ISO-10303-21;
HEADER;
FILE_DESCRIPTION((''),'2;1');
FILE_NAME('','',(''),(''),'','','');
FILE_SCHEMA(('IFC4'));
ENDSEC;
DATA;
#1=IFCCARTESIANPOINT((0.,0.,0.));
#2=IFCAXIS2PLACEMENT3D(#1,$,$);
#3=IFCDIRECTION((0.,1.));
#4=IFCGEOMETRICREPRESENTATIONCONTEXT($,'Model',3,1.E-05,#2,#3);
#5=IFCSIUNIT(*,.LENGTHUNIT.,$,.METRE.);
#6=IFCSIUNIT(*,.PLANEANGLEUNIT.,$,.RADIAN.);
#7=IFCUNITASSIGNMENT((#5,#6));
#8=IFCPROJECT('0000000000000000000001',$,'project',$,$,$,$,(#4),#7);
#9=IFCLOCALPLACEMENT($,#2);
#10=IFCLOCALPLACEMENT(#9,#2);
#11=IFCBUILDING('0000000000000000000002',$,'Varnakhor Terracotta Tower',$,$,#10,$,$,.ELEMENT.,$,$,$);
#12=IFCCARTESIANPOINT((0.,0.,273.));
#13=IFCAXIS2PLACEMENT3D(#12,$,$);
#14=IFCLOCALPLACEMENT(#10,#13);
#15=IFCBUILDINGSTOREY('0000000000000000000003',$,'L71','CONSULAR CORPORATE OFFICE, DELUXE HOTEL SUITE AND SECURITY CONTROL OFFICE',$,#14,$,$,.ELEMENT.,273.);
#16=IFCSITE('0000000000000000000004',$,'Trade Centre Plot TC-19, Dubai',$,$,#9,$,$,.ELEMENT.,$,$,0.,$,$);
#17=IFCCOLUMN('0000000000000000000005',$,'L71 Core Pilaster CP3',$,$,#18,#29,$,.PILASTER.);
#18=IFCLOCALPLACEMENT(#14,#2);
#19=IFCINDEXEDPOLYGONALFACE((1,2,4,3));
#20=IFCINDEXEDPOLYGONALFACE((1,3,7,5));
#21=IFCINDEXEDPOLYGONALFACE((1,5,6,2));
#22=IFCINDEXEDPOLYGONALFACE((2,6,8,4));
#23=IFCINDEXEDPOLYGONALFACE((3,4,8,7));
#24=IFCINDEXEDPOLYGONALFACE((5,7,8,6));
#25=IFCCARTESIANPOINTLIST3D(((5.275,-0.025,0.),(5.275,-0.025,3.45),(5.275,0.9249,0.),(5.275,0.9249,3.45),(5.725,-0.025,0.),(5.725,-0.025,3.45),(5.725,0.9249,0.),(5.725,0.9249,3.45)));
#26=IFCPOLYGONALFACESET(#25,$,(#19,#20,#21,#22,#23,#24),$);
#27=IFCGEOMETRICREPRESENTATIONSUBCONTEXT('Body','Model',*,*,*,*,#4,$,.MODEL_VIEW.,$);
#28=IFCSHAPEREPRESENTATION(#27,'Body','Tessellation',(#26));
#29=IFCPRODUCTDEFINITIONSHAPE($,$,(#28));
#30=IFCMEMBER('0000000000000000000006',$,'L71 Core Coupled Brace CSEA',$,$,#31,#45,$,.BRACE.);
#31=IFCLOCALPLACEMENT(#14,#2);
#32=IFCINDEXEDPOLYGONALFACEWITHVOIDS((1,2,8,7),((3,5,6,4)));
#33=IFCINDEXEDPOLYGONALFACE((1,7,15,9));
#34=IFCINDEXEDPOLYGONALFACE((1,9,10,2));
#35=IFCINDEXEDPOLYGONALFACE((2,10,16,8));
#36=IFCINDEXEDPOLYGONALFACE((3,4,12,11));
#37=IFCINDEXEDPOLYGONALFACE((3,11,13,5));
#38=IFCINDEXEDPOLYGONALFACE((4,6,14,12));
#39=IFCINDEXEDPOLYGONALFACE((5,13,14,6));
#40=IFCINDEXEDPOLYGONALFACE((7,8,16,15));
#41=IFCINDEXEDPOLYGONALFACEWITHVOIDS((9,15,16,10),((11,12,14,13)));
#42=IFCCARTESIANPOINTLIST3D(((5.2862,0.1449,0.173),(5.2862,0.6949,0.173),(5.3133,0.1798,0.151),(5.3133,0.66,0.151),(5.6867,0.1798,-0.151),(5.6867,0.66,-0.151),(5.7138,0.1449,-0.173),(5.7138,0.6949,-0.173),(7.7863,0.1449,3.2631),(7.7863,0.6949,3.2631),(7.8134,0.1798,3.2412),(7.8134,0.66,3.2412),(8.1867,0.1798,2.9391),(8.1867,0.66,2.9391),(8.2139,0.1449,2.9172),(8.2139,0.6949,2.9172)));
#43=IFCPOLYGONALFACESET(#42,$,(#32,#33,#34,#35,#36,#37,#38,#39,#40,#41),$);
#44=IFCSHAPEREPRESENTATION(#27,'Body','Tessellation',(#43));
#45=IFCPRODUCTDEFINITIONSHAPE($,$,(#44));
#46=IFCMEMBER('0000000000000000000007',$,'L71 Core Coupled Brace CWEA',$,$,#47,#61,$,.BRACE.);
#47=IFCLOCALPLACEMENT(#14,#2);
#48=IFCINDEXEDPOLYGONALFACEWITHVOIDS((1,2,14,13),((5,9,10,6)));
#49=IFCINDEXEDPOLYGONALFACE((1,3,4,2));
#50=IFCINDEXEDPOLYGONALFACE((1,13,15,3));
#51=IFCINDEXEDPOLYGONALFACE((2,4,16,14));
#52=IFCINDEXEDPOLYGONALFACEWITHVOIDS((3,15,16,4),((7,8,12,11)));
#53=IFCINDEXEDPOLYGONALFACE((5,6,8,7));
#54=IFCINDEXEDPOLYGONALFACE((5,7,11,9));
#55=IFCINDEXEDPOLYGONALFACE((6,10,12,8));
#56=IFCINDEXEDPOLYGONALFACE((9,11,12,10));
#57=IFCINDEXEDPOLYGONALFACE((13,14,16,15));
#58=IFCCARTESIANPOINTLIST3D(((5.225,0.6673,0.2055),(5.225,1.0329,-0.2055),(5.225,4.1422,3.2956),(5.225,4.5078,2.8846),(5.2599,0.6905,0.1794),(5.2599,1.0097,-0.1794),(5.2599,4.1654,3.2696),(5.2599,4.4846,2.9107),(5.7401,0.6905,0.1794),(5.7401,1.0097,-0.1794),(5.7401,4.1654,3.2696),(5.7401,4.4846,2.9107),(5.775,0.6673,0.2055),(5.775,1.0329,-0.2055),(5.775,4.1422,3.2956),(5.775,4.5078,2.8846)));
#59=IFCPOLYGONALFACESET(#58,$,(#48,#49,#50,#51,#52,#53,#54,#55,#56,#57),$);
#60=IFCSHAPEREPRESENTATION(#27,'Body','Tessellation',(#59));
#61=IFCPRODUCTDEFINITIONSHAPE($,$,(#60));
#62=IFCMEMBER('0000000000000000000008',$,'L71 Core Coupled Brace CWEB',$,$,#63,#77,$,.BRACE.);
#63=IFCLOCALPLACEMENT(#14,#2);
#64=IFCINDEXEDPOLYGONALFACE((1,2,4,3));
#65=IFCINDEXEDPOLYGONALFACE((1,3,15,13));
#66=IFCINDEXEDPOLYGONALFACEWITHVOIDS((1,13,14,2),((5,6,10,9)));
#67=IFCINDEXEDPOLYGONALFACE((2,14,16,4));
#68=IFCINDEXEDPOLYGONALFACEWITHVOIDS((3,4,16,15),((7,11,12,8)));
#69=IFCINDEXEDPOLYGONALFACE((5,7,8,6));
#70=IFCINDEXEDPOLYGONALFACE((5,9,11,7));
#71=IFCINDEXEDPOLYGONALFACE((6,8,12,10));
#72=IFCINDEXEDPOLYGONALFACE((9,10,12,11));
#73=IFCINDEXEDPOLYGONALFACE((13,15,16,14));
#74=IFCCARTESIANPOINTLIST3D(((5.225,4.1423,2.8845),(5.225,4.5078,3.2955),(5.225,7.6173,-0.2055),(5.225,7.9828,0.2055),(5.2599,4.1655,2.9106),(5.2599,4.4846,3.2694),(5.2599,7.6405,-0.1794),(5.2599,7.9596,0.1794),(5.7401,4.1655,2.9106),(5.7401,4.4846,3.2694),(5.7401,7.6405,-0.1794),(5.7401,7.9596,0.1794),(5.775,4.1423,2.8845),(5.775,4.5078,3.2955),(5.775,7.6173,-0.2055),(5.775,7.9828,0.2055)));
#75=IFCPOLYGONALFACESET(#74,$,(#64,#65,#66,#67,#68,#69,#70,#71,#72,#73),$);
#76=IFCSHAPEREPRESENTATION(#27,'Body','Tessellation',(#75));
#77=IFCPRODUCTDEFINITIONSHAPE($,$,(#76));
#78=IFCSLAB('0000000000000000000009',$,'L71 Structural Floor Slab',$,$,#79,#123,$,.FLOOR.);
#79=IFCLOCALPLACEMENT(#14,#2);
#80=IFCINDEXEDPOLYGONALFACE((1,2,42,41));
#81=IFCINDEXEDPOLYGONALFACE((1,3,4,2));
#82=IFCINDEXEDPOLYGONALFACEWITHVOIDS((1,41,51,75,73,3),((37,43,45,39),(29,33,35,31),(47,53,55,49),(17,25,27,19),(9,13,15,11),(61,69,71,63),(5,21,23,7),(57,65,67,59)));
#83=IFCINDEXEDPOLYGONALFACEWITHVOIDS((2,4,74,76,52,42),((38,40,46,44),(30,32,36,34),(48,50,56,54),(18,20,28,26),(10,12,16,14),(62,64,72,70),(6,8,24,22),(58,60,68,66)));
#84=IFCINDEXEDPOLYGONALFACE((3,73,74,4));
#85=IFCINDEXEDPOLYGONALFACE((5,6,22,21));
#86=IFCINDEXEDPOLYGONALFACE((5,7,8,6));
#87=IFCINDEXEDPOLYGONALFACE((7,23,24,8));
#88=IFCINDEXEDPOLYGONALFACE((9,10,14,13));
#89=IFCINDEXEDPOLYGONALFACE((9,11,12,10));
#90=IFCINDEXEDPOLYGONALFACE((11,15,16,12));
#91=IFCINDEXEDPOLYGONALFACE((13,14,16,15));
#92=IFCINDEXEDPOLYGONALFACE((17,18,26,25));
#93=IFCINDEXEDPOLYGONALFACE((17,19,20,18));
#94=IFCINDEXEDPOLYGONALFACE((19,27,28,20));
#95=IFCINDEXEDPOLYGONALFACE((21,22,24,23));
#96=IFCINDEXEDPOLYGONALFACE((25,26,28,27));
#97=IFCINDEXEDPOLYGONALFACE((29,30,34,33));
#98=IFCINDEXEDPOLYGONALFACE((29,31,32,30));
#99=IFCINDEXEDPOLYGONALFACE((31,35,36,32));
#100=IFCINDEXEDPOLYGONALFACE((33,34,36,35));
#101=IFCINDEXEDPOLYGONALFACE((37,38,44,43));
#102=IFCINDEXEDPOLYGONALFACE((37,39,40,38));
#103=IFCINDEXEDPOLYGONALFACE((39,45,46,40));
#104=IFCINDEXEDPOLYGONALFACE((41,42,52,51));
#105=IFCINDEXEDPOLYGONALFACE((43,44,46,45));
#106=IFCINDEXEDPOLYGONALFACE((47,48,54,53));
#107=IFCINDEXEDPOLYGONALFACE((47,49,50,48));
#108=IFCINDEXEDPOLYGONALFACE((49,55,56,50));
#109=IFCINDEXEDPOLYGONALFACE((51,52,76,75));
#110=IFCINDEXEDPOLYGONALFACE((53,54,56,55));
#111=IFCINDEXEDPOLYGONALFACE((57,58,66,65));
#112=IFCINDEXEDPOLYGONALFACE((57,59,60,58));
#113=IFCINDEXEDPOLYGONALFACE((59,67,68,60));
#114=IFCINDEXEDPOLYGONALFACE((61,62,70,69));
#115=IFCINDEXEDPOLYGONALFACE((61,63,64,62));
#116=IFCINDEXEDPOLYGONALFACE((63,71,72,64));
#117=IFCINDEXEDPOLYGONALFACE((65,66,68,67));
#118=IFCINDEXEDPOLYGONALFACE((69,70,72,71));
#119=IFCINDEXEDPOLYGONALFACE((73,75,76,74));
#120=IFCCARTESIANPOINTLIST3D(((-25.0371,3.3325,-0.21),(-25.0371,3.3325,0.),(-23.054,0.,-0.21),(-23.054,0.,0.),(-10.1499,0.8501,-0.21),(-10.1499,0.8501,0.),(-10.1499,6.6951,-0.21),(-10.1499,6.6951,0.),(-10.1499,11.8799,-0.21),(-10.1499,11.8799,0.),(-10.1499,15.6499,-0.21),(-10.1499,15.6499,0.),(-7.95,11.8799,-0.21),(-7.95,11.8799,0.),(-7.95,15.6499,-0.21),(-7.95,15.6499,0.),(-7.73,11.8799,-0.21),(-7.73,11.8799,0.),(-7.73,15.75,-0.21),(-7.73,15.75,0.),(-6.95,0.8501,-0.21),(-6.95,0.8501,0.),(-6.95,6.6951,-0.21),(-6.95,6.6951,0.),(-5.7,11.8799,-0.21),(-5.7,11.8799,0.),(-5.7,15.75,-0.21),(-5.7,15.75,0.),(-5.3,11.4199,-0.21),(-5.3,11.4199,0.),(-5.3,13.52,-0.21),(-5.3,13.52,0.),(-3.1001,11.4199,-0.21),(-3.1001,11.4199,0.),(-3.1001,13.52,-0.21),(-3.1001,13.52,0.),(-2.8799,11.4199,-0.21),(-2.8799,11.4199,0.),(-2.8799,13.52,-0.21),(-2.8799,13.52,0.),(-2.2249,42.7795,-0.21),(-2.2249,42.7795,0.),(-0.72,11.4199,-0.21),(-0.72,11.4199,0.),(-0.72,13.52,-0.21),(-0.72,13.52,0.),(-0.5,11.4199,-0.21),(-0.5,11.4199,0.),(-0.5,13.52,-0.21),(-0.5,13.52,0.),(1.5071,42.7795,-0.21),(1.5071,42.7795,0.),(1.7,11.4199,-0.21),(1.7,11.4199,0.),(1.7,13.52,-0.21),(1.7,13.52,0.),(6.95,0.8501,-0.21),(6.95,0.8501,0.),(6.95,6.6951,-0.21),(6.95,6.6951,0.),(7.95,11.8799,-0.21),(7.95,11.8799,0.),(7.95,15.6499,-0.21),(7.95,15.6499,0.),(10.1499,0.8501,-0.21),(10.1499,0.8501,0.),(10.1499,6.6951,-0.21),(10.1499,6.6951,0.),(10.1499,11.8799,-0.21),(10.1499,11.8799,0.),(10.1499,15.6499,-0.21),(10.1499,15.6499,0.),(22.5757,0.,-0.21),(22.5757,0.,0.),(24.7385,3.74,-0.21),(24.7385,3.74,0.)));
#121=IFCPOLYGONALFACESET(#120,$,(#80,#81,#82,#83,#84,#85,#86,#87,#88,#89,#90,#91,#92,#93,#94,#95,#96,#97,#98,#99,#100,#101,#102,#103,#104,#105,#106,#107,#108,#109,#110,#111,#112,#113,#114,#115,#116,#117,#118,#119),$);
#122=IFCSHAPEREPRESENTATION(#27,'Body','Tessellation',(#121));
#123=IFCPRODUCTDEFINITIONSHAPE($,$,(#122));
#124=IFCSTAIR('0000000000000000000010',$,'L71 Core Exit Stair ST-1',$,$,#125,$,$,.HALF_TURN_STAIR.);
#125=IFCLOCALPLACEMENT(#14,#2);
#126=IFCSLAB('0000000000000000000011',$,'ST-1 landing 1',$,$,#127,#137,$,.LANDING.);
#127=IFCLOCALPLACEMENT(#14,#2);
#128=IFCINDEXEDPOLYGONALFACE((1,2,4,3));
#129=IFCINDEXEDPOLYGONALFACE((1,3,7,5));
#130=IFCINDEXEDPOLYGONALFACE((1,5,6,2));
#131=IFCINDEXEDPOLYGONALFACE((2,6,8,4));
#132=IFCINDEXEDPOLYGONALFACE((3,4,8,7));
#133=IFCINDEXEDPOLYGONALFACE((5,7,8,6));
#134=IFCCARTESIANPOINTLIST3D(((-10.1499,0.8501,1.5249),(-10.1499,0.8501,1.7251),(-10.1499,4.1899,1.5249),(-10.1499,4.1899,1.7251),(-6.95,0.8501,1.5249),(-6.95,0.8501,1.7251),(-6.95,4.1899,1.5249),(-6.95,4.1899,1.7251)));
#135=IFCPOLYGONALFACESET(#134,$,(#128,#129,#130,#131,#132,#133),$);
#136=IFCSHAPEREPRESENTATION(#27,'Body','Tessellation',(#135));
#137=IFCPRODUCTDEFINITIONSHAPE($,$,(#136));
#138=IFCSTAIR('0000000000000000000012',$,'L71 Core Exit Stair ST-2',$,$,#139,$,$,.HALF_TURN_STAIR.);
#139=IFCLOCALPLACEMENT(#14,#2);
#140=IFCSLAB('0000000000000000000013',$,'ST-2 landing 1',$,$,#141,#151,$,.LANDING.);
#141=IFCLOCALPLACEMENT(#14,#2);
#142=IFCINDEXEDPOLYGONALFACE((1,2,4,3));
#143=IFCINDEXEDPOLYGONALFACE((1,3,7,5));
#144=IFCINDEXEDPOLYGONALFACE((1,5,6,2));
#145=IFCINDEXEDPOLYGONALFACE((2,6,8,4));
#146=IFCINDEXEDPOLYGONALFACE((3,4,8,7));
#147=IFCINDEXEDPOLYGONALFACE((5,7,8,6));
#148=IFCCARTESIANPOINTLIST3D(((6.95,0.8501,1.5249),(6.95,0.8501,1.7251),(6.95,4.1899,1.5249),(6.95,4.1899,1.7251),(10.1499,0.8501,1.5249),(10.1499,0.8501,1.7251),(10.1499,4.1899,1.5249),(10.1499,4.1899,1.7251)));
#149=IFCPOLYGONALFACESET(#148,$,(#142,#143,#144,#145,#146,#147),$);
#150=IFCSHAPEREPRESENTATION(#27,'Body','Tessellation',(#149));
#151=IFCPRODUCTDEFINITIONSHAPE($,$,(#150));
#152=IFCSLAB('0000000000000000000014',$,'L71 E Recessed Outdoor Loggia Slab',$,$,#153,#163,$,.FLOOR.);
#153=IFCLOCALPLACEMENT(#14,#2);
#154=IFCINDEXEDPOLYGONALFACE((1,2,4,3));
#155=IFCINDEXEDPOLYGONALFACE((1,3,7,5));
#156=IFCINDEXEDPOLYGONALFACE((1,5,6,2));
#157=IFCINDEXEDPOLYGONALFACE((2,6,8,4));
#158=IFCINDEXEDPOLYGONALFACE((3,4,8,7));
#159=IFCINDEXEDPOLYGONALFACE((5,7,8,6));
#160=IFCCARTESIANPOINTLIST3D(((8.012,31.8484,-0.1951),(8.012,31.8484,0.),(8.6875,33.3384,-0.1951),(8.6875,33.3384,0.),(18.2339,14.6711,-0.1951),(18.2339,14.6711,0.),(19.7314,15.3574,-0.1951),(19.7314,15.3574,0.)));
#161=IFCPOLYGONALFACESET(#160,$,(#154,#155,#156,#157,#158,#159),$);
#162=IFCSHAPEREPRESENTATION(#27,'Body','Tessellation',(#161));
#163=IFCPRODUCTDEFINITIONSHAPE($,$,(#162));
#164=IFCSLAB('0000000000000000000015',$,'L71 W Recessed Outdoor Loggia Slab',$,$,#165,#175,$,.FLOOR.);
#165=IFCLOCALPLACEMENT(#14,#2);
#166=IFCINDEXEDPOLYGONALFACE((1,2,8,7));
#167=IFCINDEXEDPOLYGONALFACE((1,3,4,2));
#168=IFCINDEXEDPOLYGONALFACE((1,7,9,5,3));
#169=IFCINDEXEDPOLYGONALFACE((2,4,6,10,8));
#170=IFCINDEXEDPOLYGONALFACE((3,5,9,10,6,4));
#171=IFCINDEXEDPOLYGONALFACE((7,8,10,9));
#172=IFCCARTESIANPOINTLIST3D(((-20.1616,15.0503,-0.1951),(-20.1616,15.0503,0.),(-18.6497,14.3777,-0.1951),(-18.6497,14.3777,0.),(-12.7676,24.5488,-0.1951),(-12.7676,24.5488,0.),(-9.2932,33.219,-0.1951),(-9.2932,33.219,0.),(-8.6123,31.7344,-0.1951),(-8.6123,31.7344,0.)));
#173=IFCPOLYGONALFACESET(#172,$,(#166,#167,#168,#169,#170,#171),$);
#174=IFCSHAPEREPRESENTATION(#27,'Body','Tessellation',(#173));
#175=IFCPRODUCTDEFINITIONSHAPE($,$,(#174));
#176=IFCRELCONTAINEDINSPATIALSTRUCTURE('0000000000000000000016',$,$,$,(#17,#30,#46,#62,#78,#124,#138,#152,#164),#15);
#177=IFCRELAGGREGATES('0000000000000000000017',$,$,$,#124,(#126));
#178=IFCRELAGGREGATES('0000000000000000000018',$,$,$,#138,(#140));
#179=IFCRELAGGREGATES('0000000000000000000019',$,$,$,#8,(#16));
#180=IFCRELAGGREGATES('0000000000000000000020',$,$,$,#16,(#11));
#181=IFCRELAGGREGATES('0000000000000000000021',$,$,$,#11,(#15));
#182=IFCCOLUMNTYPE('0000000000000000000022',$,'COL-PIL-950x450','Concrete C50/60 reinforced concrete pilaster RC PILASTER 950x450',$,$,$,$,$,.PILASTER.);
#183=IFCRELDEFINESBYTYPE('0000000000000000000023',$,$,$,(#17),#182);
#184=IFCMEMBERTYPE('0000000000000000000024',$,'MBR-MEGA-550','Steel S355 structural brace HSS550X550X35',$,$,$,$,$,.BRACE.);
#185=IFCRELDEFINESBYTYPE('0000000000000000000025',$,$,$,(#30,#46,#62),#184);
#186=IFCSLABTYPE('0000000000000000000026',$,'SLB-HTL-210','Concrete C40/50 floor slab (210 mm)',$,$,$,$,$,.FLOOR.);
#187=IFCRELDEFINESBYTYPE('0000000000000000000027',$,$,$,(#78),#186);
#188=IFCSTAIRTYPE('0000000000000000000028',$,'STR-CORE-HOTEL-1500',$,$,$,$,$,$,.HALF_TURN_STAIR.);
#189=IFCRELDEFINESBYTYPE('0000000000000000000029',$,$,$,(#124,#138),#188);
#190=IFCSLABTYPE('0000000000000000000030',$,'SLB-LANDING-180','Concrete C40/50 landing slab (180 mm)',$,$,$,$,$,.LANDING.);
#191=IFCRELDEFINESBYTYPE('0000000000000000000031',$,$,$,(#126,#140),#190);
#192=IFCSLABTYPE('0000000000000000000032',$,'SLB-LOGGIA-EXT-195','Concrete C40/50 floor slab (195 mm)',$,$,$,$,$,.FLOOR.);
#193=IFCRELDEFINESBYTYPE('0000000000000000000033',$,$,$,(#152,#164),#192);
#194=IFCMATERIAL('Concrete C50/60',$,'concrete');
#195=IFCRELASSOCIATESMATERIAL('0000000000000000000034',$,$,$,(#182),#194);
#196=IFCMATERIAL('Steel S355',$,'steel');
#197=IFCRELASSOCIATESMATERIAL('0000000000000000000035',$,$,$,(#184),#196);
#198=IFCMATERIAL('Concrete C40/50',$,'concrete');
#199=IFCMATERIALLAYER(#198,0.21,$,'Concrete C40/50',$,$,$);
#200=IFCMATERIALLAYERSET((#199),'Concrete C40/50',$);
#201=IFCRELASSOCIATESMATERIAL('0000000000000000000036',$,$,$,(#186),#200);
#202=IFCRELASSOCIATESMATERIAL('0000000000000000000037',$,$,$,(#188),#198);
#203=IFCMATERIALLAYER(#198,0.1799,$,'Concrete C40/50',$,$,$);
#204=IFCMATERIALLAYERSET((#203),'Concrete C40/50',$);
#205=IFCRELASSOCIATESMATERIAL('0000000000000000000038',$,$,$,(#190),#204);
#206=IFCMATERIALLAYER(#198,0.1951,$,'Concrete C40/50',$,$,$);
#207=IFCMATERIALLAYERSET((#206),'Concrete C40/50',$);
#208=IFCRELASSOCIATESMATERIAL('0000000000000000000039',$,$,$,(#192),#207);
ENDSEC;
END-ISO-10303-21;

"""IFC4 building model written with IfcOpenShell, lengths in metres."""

from ifc_helpers import new_model, si_unit, direction, frame, origin, origin_2d, place, context, subcontext, project, spatial, polyline, rectangle, hollow_rectangle, outline, extrude, source, transform, mapped, material, layer, layer_set, material_profile, profile_set, type_object, element, aggregate, save


model = new_model("IFC4")

# Units and contexts
model_context = context("Model", 3, precision=1e-05, world=origin(), true_north=direction((0.0, 1.0)))
body_context = subcontext(model_context, "Body", "Model", "MODEL_VIEW")
ifc_project = project(units=[si_unit("LENGTHUNIT", "METRE"), si_unit("PLANEANGLEUNIT", "RADIAN")], contexts=[model_context])

# Site, building, storey
site_placement = place(None, origin())
site = spatial("IfcSite", under=ifc_project, at=site_placement, Name="Trade Centre Plot TC-19, Dubai", CompositionType="ELEMENT", RefElevation=0.0)
building_placement = place(site_placement, origin())
building = spatial("IfcBuilding", under=site, at=building_placement, Name="Varnakhor Terracotta Tower", CompositionType="ELEMENT")
storey_placement = place(building_placement, frame((0.0, 0.0, 273.0)))
storey = spatial("IfcBuildingStorey", under=building, at=storey_placement, Name="L71", Description="CONSULAR CORPORATE OFFICE, DELUXE HOTEL SUITE AND SECURITY CONTROL OFFICE", CompositionType="ELEMENT", Elevation=273.0)

# Column
ifc_material_1 = material(Name="Concrete C50/60", Category="concrete")
ifc_material_profile_1 = material_profile(ifc_material_1, rectangle(XDim=0.45, YDim=0.95, at=origin_2d()), Name="RC PILASTER 950x450")
ifc_profile_set_1 = profile_set([ifc_material_profile_1], Name="Concrete C50/60")
column_type = type_object("IfcColumnType", Name="COL-PIL-950x450", Description="Concrete C50/60 reinforced concrete pilaster RC PILASTER 950x450", PredefinedType="PILASTER", material=ifc_profile_set_1)
shared_shape_1 = source(origin(), body_context, "Body", "SweptSolid", [
    extrude(rectangle(XDim=0.45, YDim=0.95, at=origin_2d()), origin(), (0.0, 0.0, 1.0), 3.45),
])
column_placement = place(storey_placement, frame((5.5, 0.45, 0.0), z_axis=(0.0, 0.0, 1.0), x_axis=(1.0, 0.0, 0.0)))
element("IfcColumn", 1, at=column_placement, inside=storey, type_object=column_type, Name="L71 Core Pilaster CP3", PredefinedType="PILASTER", context=body_context, shape_type="MappedRepresentation", body=[
    mapped(shared_shape_1, transform((0.0, 0.0, 0.0), scale=1.0)),
])

# Members
ifc_material_2 = material(Name="Steel S355", Category="steel")
ifc_material_profile_2 = material_profile(ifc_material_2, hollow_rectangle(XDim=0.55, YDim=0.55, WallThickness=0.0349, at=origin_2d()), Name="HSS550X550X35")
ifc_profile_set_2 = profile_set([ifc_material_profile_2], Name="Steel S355")
member_type = type_object("IfcMemberType", Name="MBR-MEGA-550", Description="Steel S355 structural brace HSS550X550X35", PredefinedType="BRACE", material=ifc_profile_set_2)
shared_shape_2 = source(origin(), body_context, "Body", "SweptSolid", [
    extrude(hollow_rectangle(XDim=0.55, YDim=0.55, WallThickness=0.0349, at=origin_2d()), origin(), (0.0, 0.0, 1.0), 3.9749),
])
member_placement = place(storey_placement, frame((5.5, 0.4199, 0.0), z_axis=(0.62897, 0.0, 0.777429), x_axis=(0.0, 1.0, 0.0)))
element("IfcMember", 2, at=member_placement, inside=storey, type_object=member_type, Name="L71 Core Coupled Brace CSEA", PredefinedType="BRACE", context=body_context, shape_type="MappedRepresentation", body=[
    mapped(shared_shape_2, transform((0.0, 0.0, 0.0), scale=1.0)),
])
shared_shape_3 = source(origin(), body_context, "Body", "SweptSolid", [
    extrude(hollow_rectangle(XDim=0.55, YDim=0.55, WallThickness=0.0349, at=origin_2d()), origin(), (0.0, 0.0, 1.0), 4.6501),
])
for number, where, z_axis, x_axis, name in (
    (3, (5.5, 0.8501, 0.0), (0.0, 0.747267, 0.664524), (-1.0, 0.0, 0.0), "L71 Core Coupled Brace CWEA"),
    (4, (5.5, 7.8, 0.0), (0.0, -0.747291, 0.664497), (1.0, 0.0, 0.0), "L71 Core Coupled Brace CWEB"),
):
    element("IfcMember", number, at=place(storey_placement, frame(where, z_axis=z_axis, x_axis=x_axis)), inside=storey, type_object=member_type, Name=name, PredefinedType="BRACE", context=body_context, shape_type="MappedRepresentation", body=[
        mapped(shared_shape_3, transform((0.0, 0.0, 0.0), scale=1.0)),
    ])

# Slab
ifc_material_3 = material(Name="Concrete C40/50", Category="concrete")
ifc_layer_1 = layer(ifc_material_3, 0.21, Name="Concrete C40/50")
ifc_layer_set_1 = layer_set([ifc_layer_1], Name="Concrete C40/50")
slab_type_1 = type_object("IfcSlabType", Name="SLB-HTL-210", Description="Concrete C40/50 floor slab (210 mm)", PredefinedType="FLOOR", material=ifc_layer_set_1)
slab_1_placement = place(storey_placement, frame((0.0, 0.0, -0.21)))
element("IfcSlab", 5, at=slab_1_placement, inside=storey, type_object=slab_type_1, Name="L71 Structural Floor Slab", PredefinedType="FLOOR", context=body_context, shape_type="SweptSolid", body=[
    extrude(outline(polyline([(-25.0371, 3.3325), (-2.2249, 42.7795), (1.5071, 42.7795), (24.7385, 3.74), (22.5757, 0.0), (-23.054, 0.0), (-25.0371, 3.3325)]), holes=[polyline([(-6.95, 0.8501), (-6.95, 6.6951), (-10.1499, 6.6951), (-10.1499, 0.8501), (-6.95, 0.8501)]), polyline([(10.1499, 0.8501), (10.1499, 6.6951), (6.95, 6.6951), (6.95, 0.8501), (10.1499, 0.8501)]), polyline([(-3.1001, 11.4199), (-3.1001, 13.52), (-5.3, 13.52), (-5.3, 11.4199), (-3.1001, 11.4199)]), polyline([(-0.72, 11.4199), (-0.72, 13.52), (-2.8799, 13.52), (-2.8799, 11.4199), (-0.72, 11.4199)]), polyline([(1.7, 11.4199), (1.7, 13.52), (-0.5, 13.52), (-0.5, 11.4199), (1.7, 11.4199)]), polyline([(-7.95, 11.8799), (-7.95, 15.6499), (-10.1499, 15.6499), (-10.1499, 11.8799), (-7.95, 11.8799)]), polyline([(10.1499, 11.8799), (10.1499, 15.6499), (7.95, 15.6499), (7.95, 11.8799), (10.1499, 11.8799)]), polyline([(-5.7, 11.8799), (-5.7, 15.75), (-7.73, 15.75), (-7.73, 11.8799), (-5.7, 11.8799)])]), origin(), (0.0, 0.0, 1.0), 0.21),
])

# Stairs, slabs
stair_type = type_object("IfcStairType", Name="STR-CORE-HOTEL-1500", PredefinedType="HALF_TURN_STAIR", material=ifc_material_3)
stair_1_placement = place(storey_placement, origin())
stair_1 = element("IfcStair", 6, at=stair_1_placement, inside=storey, type_object=stair_type, Name="L71 Core Exit Stair ST-1", PredefinedType="HALF_TURN_STAIR")
ifc_layer_2 = layer(ifc_material_3, 0.1799, Name="Concrete C40/50")
ifc_layer_set_2 = layer_set([ifc_layer_2], Name="Concrete C40/50")
slab_type_2 = type_object("IfcSlabType", Name="SLB-LANDING-180", Description="Concrete C40/50 landing slab (180 mm)", PredefinedType="LANDING", material=ifc_layer_set_2)
slab_2_placement = place(storey_placement, frame((0.0, 0.0, 1.5249)))
slab_2 = element("IfcSlab", 7, at=slab_2_placement, type_object=slab_type_2, Name="ST-1 landing 1", PredefinedType="LANDING", context=body_context, shape_type="SweptSolid", body=[
    extrude(outline(polyline([(-10.1499, 4.1899), (-10.1499, 0.8501), (-6.95, 0.8501), (-6.95, 4.1899), (-10.1499, 4.1899)])), origin(), (0.0, 0.0, 1.0), 0.2002),
])
aggregate(stair_1, [slab_2])
stair_2_placement = place(storey_placement, origin())
stair_2 = element("IfcStair", 8, at=stair_2_placement, inside=storey, type_object=stair_type, Name="L71 Core Exit Stair ST-2", PredefinedType="HALF_TURN_STAIR")
slab_3_placement = place(storey_placement, frame((0.0, 0.0, 1.5249)))
slab_3 = element("IfcSlab", 9, at=slab_3_placement, type_object=slab_type_2, Name="ST-2 landing 1", PredefinedType="LANDING", context=body_context, shape_type="SweptSolid", body=[
    extrude(outline(polyline([(6.95, 4.1899), (6.95, 0.8501), (10.1499, 0.8501), (10.1499, 4.1899), (6.95, 4.1899)])), origin(), (0.0, 0.0, 1.0), 0.2002),
])

# Slabs
ifc_layer_3 = layer(ifc_material_3, 0.1951, Name="Concrete C40/50")
ifc_layer_set_3 = layer_set([ifc_layer_3], Name="Concrete C40/50")
slab_type_3 = type_object("IfcSlabType", Name="SLB-LOGGIA-EXT-195", Description="Concrete C40/50 floor slab (195 mm)", PredefinedType="FLOOR", material=ifc_layer_set_3)
slab_4_placement = place(storey_placement, frame((0.0, 0.0, -0.1951)))
element("IfcSlab", 10, at=slab_4_placement, inside=storey, type_object=slab_type_3, Name="L71 E Recessed Outdoor Loggia Slab", PredefinedType="FLOOR", context=body_context, shape_type="SweptSolid", body=[
    extrude(outline(polyline([(8.6875, 33.3384), (19.7314, 15.3574), (18.2339, 14.6711), (8.012, 31.8484), (8.6875, 33.3384)])), origin(), (0.0, 0.0, 1.0), 0.1951),
])
slab_5_placement = place(storey_placement, frame((0.0, 0.0, -0.1951)))
element("IfcSlab", 11, at=slab_5_placement, inside=storey, type_object=slab_type_3, Name="L71 W Recessed Outdoor Loggia Slab", PredefinedType="FLOOR", context=body_context, shape_type="SweptSolid", body=[
    extrude(outline(polyline([(-20.1616, 15.0503), (-9.2932, 33.219), (-8.6123, 31.7344), (-12.7676, 24.5488), (-18.6497, 14.3777), (-20.1616, 15.0503)])), origin(), (0.0, 0.0, 1.0), 0.1951),
])

aggregate(stair_2, [slab_3])

save(model, "model.ifc")
